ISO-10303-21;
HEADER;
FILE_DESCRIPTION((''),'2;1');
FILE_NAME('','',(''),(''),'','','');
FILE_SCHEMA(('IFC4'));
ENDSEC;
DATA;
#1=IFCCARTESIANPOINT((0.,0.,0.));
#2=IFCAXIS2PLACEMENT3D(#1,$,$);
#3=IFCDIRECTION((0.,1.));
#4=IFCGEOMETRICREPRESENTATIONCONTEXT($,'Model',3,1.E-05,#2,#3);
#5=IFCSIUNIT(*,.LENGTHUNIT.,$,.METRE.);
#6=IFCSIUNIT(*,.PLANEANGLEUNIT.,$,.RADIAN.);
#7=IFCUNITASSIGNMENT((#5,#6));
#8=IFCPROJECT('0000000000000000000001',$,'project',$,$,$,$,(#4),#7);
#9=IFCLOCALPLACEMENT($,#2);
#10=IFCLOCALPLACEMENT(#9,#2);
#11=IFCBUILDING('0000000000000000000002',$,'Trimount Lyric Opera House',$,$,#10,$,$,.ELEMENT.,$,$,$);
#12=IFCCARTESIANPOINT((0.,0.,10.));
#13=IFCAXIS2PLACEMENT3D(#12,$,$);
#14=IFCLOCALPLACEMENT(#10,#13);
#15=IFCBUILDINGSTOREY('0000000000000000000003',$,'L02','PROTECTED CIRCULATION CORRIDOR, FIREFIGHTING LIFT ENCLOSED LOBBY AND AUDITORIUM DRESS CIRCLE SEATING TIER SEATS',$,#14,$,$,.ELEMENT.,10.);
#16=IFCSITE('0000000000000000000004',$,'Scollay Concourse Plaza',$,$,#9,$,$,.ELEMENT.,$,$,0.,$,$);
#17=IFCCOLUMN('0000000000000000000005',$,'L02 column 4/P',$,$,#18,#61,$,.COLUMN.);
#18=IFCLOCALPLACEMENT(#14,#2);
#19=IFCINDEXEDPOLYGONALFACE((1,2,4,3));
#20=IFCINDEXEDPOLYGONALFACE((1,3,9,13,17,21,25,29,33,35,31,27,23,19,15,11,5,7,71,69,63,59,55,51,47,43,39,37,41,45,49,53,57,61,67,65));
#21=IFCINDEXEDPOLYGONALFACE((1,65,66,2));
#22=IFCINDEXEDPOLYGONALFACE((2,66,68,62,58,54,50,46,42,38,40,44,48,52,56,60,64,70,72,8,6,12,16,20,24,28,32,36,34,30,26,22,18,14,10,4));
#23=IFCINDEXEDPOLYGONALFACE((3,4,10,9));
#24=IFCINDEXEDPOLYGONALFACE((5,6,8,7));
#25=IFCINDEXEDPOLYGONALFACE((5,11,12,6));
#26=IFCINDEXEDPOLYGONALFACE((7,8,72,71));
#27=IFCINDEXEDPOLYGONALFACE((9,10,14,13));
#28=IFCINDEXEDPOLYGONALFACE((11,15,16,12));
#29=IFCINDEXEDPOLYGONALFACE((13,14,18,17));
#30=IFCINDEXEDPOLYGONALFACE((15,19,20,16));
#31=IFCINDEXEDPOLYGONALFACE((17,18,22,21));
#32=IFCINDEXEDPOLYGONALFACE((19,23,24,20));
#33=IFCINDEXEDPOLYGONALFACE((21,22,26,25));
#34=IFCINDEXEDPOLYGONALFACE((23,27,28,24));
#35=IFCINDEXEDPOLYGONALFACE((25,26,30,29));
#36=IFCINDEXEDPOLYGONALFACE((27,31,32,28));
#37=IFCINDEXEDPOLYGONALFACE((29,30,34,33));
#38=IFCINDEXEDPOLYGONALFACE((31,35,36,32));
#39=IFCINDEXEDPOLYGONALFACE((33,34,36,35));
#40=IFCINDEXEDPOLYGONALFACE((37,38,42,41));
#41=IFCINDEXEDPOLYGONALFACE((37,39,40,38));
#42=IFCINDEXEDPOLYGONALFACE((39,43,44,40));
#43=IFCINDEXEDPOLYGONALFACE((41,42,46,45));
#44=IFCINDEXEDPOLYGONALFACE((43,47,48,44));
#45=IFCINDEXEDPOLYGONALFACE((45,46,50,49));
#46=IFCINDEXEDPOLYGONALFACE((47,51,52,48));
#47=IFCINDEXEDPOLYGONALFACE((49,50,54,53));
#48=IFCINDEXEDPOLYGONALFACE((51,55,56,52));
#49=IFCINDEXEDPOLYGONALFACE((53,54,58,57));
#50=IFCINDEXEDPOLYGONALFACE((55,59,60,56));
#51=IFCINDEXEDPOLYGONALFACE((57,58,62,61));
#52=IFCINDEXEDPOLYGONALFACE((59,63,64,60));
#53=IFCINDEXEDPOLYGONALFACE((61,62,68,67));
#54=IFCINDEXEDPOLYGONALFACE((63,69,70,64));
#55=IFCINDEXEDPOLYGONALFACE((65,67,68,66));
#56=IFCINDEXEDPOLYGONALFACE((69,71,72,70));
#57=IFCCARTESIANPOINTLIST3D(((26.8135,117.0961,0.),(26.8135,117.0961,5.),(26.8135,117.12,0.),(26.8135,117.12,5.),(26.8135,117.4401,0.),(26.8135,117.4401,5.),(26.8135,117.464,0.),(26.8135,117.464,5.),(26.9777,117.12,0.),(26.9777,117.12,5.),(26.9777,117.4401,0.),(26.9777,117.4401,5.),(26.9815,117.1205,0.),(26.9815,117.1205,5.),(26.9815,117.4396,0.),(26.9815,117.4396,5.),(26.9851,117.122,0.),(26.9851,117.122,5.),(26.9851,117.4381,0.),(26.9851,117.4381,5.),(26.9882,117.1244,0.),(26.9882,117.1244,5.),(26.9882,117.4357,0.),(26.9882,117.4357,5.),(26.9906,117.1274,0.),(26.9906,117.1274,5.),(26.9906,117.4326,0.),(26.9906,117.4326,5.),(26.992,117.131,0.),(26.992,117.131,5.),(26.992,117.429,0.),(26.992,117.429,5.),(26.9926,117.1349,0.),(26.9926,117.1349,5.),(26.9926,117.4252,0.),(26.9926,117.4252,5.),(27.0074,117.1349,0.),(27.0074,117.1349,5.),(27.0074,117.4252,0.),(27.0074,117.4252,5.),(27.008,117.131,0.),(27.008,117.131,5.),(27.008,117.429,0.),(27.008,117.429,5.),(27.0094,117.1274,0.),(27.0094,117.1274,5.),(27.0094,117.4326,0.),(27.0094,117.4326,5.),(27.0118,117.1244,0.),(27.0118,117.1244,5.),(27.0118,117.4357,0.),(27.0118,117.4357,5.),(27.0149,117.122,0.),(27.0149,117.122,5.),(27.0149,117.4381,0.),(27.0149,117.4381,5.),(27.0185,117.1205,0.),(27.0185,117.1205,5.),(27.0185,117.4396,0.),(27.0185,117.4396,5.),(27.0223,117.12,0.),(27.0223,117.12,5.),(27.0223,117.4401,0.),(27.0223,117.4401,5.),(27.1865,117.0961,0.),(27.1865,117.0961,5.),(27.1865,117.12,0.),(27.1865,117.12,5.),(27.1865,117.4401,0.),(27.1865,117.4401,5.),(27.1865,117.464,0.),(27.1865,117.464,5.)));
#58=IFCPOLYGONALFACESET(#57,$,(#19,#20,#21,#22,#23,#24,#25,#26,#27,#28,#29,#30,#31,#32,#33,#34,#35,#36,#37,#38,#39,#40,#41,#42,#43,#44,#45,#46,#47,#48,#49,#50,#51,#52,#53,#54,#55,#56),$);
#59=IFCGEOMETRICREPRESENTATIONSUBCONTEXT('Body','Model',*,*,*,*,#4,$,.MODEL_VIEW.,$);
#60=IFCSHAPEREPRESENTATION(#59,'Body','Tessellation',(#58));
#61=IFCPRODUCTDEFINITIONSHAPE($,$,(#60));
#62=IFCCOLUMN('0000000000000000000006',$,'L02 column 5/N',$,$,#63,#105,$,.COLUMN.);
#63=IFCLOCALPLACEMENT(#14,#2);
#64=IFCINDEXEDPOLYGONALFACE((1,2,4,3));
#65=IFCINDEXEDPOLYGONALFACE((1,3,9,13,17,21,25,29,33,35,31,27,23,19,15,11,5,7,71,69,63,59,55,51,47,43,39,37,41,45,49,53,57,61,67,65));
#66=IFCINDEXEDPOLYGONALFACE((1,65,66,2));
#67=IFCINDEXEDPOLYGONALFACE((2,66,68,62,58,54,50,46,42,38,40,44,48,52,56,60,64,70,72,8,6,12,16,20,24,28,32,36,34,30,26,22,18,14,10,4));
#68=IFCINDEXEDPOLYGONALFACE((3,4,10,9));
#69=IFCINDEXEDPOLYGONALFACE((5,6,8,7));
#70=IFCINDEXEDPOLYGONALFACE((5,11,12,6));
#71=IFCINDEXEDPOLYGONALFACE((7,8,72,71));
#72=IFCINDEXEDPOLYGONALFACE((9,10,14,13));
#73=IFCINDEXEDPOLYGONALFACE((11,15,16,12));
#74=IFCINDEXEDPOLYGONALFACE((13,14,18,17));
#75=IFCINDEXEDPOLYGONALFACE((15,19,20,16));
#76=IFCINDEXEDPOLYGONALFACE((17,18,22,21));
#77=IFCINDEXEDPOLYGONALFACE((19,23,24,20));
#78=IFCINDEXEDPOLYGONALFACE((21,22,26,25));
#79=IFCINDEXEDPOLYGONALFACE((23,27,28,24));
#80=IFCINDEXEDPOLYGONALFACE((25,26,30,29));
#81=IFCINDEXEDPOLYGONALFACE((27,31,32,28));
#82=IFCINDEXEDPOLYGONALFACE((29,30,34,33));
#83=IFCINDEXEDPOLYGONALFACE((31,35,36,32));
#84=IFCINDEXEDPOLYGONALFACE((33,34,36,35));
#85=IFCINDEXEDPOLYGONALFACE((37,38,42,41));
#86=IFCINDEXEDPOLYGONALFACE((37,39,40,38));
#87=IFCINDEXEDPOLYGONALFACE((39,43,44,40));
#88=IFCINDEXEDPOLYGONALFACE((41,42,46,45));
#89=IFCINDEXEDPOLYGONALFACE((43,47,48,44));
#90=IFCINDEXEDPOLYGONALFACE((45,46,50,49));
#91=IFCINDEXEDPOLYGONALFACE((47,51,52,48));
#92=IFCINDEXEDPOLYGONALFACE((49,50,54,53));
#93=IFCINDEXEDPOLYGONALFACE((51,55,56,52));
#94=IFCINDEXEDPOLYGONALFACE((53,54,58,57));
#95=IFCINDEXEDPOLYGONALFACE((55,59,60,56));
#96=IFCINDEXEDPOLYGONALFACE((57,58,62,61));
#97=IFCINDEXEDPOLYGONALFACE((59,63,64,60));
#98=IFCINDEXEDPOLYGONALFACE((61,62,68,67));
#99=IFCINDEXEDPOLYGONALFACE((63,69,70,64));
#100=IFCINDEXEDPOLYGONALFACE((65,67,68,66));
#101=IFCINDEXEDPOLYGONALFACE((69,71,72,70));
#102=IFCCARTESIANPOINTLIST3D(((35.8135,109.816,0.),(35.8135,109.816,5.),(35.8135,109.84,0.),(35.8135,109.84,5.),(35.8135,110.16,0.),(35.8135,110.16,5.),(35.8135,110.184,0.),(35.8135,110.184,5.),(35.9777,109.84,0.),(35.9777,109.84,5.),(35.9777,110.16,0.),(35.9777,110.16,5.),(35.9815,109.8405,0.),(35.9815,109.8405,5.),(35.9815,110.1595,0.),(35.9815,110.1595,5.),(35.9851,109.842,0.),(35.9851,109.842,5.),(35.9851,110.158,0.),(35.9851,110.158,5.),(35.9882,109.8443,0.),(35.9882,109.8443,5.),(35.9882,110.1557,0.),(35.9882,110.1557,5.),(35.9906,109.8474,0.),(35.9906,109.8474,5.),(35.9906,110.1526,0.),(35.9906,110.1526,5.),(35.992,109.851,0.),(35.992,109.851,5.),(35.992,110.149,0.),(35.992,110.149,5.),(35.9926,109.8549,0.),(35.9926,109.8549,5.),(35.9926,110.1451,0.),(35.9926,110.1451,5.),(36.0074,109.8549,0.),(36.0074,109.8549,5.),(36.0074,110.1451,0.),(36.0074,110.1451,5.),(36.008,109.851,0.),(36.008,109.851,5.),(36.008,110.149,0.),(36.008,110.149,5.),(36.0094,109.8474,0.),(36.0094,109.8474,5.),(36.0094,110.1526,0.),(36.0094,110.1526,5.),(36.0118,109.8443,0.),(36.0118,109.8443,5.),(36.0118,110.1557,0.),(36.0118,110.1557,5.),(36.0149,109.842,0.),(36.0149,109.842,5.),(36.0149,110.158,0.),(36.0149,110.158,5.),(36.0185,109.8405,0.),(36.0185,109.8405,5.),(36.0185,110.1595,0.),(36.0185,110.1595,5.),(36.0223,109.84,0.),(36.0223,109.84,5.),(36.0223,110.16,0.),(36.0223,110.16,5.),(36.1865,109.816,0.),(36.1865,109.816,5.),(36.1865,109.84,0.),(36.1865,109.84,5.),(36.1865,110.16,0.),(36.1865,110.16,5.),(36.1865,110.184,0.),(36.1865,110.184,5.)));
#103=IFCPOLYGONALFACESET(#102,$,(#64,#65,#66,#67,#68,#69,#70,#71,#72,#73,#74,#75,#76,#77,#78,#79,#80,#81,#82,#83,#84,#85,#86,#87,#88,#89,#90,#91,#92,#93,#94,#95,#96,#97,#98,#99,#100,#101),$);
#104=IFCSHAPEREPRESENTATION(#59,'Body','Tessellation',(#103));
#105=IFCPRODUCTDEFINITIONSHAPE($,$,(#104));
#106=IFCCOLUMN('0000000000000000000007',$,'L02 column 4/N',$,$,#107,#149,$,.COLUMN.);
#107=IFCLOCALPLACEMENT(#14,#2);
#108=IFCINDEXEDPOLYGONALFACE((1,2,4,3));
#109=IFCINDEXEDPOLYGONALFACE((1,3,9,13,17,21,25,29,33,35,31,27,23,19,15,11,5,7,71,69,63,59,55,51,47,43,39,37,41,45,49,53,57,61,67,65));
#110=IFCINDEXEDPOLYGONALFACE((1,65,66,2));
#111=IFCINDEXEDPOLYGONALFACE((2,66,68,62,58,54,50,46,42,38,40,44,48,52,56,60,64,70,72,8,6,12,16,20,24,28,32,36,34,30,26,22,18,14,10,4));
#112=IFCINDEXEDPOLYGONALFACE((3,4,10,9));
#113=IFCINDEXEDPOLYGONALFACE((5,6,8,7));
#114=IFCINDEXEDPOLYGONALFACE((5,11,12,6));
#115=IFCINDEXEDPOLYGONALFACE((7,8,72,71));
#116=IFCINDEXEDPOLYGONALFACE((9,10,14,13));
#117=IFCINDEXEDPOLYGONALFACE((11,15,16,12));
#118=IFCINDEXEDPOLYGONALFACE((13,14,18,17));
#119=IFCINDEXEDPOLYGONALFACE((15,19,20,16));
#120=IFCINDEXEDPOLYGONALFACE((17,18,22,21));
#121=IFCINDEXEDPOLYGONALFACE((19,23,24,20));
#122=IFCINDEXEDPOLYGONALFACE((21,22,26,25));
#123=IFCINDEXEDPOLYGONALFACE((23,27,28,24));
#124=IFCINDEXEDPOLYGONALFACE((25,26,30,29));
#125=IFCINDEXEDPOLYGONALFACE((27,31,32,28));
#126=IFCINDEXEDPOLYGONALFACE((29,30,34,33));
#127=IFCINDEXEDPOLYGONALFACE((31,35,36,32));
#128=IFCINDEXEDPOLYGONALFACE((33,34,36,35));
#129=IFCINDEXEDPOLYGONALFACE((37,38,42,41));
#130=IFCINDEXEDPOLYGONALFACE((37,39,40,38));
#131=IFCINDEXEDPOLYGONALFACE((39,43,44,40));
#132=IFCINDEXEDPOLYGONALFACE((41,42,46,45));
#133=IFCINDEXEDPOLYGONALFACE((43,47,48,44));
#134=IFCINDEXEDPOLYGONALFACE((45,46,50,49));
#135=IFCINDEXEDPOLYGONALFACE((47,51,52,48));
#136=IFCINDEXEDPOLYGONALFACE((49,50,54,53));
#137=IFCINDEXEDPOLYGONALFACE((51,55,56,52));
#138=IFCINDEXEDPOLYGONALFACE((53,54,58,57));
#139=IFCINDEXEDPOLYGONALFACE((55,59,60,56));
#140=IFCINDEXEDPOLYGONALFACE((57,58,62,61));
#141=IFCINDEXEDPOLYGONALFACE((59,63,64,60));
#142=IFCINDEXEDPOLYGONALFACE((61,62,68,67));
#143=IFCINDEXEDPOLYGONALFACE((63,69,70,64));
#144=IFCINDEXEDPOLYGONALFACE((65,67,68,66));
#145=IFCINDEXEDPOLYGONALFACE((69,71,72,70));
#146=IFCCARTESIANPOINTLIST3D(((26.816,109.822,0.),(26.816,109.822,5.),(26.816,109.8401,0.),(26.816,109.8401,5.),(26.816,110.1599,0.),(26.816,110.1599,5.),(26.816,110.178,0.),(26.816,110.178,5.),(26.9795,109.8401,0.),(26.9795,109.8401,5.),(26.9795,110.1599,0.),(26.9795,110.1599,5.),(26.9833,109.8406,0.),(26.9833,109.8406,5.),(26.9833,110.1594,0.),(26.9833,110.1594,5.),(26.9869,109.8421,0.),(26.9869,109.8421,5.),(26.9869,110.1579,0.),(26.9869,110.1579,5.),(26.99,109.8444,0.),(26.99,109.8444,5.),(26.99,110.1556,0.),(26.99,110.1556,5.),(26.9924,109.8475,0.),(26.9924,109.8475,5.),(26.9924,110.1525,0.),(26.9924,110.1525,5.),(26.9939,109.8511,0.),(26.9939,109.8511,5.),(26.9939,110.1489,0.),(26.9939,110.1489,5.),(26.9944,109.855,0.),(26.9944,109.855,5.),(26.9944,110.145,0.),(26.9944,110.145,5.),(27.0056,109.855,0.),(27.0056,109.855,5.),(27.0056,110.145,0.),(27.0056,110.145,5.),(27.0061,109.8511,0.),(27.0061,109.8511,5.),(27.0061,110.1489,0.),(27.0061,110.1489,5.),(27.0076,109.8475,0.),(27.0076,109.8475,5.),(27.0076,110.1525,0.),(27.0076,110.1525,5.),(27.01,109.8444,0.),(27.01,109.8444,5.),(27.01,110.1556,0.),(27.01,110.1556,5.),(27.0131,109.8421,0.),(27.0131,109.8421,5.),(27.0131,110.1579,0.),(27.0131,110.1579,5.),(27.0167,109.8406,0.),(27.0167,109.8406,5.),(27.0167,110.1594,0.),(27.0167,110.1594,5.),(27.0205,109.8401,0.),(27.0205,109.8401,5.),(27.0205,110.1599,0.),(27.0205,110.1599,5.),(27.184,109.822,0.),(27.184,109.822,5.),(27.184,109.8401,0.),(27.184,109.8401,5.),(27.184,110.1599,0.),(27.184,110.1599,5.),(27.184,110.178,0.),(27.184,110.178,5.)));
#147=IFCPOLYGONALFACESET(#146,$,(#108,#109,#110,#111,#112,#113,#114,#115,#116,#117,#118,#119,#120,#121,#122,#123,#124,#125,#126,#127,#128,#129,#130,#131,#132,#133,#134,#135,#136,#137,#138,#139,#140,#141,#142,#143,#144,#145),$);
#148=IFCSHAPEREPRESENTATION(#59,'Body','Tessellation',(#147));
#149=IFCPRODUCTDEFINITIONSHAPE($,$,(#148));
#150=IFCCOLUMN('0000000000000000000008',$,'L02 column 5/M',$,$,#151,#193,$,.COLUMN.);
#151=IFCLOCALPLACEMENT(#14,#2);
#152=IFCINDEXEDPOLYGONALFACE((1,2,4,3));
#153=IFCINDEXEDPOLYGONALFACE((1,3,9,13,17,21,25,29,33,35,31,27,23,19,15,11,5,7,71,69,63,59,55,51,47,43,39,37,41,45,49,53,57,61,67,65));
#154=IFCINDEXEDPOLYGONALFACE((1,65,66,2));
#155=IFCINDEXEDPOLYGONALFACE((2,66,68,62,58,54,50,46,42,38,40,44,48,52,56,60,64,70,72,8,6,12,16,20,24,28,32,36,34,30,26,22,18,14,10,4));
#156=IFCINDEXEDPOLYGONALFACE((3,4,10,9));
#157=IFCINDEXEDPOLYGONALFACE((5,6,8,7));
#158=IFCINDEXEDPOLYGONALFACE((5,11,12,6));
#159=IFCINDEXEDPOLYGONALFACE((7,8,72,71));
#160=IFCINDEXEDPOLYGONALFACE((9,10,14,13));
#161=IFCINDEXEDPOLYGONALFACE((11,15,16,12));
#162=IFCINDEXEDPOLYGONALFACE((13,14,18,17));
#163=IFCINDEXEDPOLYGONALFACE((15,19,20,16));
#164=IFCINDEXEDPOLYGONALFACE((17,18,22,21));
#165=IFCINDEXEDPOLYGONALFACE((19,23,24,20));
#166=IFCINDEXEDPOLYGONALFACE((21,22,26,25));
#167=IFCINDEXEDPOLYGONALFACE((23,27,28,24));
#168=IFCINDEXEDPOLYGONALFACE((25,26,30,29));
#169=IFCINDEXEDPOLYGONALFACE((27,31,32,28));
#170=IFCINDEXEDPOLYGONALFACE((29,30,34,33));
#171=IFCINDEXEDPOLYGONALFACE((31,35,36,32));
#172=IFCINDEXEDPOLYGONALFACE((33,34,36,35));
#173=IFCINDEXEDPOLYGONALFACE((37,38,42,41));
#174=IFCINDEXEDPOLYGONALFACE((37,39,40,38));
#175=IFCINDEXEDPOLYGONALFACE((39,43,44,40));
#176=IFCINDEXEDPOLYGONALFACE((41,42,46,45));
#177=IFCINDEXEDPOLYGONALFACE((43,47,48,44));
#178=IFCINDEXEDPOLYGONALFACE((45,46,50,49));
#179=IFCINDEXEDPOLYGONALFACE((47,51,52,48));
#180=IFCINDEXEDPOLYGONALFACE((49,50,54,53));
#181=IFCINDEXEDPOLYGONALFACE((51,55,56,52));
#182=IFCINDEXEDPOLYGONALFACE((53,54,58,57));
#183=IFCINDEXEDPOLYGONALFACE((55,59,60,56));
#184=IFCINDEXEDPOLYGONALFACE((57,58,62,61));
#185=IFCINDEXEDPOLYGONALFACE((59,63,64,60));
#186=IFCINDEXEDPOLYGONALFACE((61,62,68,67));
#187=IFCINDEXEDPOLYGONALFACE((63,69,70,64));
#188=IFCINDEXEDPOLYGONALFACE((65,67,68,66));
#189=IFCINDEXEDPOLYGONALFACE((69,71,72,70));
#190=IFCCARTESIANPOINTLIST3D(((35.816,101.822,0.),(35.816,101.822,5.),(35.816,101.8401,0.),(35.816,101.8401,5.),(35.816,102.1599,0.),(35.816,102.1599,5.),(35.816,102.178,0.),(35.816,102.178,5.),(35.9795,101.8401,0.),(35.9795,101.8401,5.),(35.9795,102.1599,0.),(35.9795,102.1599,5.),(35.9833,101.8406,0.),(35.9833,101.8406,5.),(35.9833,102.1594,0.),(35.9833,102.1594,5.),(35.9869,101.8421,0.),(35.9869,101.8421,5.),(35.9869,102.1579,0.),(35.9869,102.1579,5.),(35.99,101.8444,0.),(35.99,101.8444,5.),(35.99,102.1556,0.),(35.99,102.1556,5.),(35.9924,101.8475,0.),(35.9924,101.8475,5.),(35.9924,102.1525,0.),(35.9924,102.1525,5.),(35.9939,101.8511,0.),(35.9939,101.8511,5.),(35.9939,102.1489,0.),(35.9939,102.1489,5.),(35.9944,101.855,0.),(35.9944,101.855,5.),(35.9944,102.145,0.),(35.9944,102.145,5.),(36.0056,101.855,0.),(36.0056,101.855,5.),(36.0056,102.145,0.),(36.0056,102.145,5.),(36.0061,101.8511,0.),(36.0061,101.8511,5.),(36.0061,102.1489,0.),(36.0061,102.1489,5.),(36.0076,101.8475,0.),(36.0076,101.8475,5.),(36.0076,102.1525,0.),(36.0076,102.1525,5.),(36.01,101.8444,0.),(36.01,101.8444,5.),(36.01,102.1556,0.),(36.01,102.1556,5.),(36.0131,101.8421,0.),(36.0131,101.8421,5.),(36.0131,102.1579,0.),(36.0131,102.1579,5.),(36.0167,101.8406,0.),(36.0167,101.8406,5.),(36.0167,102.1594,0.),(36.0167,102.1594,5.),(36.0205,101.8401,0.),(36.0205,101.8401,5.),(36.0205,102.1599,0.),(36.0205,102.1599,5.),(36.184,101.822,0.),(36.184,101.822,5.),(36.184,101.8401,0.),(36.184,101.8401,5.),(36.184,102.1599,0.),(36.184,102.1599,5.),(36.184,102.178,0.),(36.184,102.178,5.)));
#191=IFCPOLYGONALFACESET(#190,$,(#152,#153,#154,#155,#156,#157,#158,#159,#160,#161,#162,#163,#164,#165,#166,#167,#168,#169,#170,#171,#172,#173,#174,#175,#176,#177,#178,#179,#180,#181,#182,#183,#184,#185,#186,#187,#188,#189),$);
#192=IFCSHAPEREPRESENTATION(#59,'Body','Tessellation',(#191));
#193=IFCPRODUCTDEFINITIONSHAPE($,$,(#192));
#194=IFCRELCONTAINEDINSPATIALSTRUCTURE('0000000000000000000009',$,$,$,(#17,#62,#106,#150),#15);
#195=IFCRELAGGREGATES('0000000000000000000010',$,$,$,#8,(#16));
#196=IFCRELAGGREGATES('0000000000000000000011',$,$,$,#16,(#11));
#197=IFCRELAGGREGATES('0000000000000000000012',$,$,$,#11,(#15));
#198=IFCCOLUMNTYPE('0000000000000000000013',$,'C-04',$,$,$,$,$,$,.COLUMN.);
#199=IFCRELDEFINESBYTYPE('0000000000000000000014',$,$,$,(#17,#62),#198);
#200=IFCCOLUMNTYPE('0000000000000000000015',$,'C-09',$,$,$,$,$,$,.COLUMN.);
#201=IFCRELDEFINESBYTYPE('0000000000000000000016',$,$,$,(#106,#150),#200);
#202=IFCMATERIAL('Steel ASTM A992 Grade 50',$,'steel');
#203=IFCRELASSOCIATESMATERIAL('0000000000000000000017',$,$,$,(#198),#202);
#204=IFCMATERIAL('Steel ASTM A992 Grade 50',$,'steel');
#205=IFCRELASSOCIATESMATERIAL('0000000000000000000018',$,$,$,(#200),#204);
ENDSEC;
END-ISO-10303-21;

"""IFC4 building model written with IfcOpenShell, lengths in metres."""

from ifc_helpers import new_model, si_unit, direction, frame, origin, origin_2d, place, context, subcontext, project, spatial, i_section, extrude, material, material_profile, profile_set, type_object, element, save


model = new_model("IFC4")

# Units and contexts
model_context = context("Model", 3, precision=1e-05, world=origin(), true_north=direction((0.0, 1.0)))
body_context = subcontext(model_context, "Body", "Model", "MODEL_VIEW")
ifc_project = project(units=[si_unit("LENGTHUNIT", "METRE"), si_unit("PLANEANGLEUNIT", "RADIAN")], contexts=[model_context])

# Site, building, storey
site_placement = place(None, origin())
site = spatial("IfcSite", under=ifc_project, at=site_placement, Name="Scollay Concourse Plaza", CompositionType="ELEMENT", RefElevation=0.0)
building_placement = place(site_placement, origin())
building = spatial("IfcBuilding", under=site, at=building_placement, Name="Trimount Lyric Opera House", CompositionType="ELEMENT")
storey_placement = place(building_placement, frame((0.0, 0.0, 10.0)))
storey = spatial("IfcBuildingStorey", under=building, at=storey_placement, Name="L02", Description="PROTECTED CIRCULATION CORRIDOR, FIREFIGHTING LIFT ENCLOSED LOBBY AND AUDITORIUM DRESS CIRCLE SEATING TIER SEATS", CompositionType="ELEMENT", Elevation=10.0)

# Columns
ifc_material_1 = material(Name="Steel ASTM A992 Grade 50", Category="steel")
ifc_material_profile_1 = material_profile(ifc_material_1, i_section(OverallWidth=0.373, OverallDepth=0.3679, WebThickness=0.0149, FlangeThickness=0.0239, FilletRadius=0.0149, at=origin_2d()), Name="W14X120")
ifc_profile_set_1 = profile_set([ifc_material_profile_1], Name="Steel ASTM A992 Grade 50")
column_type_1 = type_object("IfcColumnType", Name="C-04", PredefinedType="COLUMN", material=ifc_profile_set_1)
for number, where, z_axis, x_axis, name in (
    (1, (27.0, 117.28, 0.0), (0.0, 0.0, 1.0), (1.0, 0.0, 0.0), "L02 column 4/P"),
    (2, (36.0, 110.0, 0.0), (0.0, 0.0, 1.0), (1.0, 0.0, 0.0), "L02 column 5/N"),
):
    element("IfcColumn", number, at=place(storey_placement, frame(where, z_axis=z_axis, x_axis=x_axis)), inside=storey, type_object=column_type_1, Name=name, PredefinedType="COLUMN", context=body_context, shape_type="SweptSolid", body=[
        extrude(i_section(OverallWidth=0.373, OverallDepth=0.3679, WebThickness=0.0149, FlangeThickness=0.0239, FilletRadius=0.0149, at=origin_2d()), origin(), (0.0, 0.0, 1.0), 5.0),
    ])
ifc_material_2 = material(Name="Steel ASTM A992 Grade 50", Category="steel")
ifc_material_profile_2 = material_profile(ifc_material_2, i_section(OverallWidth=0.3679, OverallDepth=0.356, WebThickness=0.0112, FlangeThickness=0.0181, FilletRadius=0.0149, at=origin_2d()), Name="W14X90")
ifc_profile_set_2 = profile_set([ifc_material_profile_2], Name="Steel ASTM A992 Grade 50")
column_type_2 = type_object("IfcColumnType", Name="C-09", PredefinedType="COLUMN", material=ifc_profile_set_2)
for number, where, z_axis, x_axis, name in (
    (3, (27.0, 110.0, 0.0), (0.0, 0.0, 1.0), (1.0, 0.0, 0.0), "L02 column 4/N"),
    (4, (36.0, 102.0, 0.0), (0.0, 0.0, 1.0), (1.0, 0.0, 0.0), "L02 column 5/M"),
):
    element("IfcColumn", number, at=place(storey_placement, frame(where, z_axis=z_axis, x_axis=x_axis)), inside=storey, type_object=column_type_2, Name=name, PredefinedType="COLUMN", context=body_context, shape_type="SweptSolid", body=[
        extrude(i_section(OverallWidth=0.3679, OverallDepth=0.356, WebThickness=0.0112, FlangeThickness=0.0181, FilletRadius=0.0149, at=origin_2d()), origin(), (0.0, 0.0, 1.0), 5.0),
    ])

save(model, "model.ifc")
